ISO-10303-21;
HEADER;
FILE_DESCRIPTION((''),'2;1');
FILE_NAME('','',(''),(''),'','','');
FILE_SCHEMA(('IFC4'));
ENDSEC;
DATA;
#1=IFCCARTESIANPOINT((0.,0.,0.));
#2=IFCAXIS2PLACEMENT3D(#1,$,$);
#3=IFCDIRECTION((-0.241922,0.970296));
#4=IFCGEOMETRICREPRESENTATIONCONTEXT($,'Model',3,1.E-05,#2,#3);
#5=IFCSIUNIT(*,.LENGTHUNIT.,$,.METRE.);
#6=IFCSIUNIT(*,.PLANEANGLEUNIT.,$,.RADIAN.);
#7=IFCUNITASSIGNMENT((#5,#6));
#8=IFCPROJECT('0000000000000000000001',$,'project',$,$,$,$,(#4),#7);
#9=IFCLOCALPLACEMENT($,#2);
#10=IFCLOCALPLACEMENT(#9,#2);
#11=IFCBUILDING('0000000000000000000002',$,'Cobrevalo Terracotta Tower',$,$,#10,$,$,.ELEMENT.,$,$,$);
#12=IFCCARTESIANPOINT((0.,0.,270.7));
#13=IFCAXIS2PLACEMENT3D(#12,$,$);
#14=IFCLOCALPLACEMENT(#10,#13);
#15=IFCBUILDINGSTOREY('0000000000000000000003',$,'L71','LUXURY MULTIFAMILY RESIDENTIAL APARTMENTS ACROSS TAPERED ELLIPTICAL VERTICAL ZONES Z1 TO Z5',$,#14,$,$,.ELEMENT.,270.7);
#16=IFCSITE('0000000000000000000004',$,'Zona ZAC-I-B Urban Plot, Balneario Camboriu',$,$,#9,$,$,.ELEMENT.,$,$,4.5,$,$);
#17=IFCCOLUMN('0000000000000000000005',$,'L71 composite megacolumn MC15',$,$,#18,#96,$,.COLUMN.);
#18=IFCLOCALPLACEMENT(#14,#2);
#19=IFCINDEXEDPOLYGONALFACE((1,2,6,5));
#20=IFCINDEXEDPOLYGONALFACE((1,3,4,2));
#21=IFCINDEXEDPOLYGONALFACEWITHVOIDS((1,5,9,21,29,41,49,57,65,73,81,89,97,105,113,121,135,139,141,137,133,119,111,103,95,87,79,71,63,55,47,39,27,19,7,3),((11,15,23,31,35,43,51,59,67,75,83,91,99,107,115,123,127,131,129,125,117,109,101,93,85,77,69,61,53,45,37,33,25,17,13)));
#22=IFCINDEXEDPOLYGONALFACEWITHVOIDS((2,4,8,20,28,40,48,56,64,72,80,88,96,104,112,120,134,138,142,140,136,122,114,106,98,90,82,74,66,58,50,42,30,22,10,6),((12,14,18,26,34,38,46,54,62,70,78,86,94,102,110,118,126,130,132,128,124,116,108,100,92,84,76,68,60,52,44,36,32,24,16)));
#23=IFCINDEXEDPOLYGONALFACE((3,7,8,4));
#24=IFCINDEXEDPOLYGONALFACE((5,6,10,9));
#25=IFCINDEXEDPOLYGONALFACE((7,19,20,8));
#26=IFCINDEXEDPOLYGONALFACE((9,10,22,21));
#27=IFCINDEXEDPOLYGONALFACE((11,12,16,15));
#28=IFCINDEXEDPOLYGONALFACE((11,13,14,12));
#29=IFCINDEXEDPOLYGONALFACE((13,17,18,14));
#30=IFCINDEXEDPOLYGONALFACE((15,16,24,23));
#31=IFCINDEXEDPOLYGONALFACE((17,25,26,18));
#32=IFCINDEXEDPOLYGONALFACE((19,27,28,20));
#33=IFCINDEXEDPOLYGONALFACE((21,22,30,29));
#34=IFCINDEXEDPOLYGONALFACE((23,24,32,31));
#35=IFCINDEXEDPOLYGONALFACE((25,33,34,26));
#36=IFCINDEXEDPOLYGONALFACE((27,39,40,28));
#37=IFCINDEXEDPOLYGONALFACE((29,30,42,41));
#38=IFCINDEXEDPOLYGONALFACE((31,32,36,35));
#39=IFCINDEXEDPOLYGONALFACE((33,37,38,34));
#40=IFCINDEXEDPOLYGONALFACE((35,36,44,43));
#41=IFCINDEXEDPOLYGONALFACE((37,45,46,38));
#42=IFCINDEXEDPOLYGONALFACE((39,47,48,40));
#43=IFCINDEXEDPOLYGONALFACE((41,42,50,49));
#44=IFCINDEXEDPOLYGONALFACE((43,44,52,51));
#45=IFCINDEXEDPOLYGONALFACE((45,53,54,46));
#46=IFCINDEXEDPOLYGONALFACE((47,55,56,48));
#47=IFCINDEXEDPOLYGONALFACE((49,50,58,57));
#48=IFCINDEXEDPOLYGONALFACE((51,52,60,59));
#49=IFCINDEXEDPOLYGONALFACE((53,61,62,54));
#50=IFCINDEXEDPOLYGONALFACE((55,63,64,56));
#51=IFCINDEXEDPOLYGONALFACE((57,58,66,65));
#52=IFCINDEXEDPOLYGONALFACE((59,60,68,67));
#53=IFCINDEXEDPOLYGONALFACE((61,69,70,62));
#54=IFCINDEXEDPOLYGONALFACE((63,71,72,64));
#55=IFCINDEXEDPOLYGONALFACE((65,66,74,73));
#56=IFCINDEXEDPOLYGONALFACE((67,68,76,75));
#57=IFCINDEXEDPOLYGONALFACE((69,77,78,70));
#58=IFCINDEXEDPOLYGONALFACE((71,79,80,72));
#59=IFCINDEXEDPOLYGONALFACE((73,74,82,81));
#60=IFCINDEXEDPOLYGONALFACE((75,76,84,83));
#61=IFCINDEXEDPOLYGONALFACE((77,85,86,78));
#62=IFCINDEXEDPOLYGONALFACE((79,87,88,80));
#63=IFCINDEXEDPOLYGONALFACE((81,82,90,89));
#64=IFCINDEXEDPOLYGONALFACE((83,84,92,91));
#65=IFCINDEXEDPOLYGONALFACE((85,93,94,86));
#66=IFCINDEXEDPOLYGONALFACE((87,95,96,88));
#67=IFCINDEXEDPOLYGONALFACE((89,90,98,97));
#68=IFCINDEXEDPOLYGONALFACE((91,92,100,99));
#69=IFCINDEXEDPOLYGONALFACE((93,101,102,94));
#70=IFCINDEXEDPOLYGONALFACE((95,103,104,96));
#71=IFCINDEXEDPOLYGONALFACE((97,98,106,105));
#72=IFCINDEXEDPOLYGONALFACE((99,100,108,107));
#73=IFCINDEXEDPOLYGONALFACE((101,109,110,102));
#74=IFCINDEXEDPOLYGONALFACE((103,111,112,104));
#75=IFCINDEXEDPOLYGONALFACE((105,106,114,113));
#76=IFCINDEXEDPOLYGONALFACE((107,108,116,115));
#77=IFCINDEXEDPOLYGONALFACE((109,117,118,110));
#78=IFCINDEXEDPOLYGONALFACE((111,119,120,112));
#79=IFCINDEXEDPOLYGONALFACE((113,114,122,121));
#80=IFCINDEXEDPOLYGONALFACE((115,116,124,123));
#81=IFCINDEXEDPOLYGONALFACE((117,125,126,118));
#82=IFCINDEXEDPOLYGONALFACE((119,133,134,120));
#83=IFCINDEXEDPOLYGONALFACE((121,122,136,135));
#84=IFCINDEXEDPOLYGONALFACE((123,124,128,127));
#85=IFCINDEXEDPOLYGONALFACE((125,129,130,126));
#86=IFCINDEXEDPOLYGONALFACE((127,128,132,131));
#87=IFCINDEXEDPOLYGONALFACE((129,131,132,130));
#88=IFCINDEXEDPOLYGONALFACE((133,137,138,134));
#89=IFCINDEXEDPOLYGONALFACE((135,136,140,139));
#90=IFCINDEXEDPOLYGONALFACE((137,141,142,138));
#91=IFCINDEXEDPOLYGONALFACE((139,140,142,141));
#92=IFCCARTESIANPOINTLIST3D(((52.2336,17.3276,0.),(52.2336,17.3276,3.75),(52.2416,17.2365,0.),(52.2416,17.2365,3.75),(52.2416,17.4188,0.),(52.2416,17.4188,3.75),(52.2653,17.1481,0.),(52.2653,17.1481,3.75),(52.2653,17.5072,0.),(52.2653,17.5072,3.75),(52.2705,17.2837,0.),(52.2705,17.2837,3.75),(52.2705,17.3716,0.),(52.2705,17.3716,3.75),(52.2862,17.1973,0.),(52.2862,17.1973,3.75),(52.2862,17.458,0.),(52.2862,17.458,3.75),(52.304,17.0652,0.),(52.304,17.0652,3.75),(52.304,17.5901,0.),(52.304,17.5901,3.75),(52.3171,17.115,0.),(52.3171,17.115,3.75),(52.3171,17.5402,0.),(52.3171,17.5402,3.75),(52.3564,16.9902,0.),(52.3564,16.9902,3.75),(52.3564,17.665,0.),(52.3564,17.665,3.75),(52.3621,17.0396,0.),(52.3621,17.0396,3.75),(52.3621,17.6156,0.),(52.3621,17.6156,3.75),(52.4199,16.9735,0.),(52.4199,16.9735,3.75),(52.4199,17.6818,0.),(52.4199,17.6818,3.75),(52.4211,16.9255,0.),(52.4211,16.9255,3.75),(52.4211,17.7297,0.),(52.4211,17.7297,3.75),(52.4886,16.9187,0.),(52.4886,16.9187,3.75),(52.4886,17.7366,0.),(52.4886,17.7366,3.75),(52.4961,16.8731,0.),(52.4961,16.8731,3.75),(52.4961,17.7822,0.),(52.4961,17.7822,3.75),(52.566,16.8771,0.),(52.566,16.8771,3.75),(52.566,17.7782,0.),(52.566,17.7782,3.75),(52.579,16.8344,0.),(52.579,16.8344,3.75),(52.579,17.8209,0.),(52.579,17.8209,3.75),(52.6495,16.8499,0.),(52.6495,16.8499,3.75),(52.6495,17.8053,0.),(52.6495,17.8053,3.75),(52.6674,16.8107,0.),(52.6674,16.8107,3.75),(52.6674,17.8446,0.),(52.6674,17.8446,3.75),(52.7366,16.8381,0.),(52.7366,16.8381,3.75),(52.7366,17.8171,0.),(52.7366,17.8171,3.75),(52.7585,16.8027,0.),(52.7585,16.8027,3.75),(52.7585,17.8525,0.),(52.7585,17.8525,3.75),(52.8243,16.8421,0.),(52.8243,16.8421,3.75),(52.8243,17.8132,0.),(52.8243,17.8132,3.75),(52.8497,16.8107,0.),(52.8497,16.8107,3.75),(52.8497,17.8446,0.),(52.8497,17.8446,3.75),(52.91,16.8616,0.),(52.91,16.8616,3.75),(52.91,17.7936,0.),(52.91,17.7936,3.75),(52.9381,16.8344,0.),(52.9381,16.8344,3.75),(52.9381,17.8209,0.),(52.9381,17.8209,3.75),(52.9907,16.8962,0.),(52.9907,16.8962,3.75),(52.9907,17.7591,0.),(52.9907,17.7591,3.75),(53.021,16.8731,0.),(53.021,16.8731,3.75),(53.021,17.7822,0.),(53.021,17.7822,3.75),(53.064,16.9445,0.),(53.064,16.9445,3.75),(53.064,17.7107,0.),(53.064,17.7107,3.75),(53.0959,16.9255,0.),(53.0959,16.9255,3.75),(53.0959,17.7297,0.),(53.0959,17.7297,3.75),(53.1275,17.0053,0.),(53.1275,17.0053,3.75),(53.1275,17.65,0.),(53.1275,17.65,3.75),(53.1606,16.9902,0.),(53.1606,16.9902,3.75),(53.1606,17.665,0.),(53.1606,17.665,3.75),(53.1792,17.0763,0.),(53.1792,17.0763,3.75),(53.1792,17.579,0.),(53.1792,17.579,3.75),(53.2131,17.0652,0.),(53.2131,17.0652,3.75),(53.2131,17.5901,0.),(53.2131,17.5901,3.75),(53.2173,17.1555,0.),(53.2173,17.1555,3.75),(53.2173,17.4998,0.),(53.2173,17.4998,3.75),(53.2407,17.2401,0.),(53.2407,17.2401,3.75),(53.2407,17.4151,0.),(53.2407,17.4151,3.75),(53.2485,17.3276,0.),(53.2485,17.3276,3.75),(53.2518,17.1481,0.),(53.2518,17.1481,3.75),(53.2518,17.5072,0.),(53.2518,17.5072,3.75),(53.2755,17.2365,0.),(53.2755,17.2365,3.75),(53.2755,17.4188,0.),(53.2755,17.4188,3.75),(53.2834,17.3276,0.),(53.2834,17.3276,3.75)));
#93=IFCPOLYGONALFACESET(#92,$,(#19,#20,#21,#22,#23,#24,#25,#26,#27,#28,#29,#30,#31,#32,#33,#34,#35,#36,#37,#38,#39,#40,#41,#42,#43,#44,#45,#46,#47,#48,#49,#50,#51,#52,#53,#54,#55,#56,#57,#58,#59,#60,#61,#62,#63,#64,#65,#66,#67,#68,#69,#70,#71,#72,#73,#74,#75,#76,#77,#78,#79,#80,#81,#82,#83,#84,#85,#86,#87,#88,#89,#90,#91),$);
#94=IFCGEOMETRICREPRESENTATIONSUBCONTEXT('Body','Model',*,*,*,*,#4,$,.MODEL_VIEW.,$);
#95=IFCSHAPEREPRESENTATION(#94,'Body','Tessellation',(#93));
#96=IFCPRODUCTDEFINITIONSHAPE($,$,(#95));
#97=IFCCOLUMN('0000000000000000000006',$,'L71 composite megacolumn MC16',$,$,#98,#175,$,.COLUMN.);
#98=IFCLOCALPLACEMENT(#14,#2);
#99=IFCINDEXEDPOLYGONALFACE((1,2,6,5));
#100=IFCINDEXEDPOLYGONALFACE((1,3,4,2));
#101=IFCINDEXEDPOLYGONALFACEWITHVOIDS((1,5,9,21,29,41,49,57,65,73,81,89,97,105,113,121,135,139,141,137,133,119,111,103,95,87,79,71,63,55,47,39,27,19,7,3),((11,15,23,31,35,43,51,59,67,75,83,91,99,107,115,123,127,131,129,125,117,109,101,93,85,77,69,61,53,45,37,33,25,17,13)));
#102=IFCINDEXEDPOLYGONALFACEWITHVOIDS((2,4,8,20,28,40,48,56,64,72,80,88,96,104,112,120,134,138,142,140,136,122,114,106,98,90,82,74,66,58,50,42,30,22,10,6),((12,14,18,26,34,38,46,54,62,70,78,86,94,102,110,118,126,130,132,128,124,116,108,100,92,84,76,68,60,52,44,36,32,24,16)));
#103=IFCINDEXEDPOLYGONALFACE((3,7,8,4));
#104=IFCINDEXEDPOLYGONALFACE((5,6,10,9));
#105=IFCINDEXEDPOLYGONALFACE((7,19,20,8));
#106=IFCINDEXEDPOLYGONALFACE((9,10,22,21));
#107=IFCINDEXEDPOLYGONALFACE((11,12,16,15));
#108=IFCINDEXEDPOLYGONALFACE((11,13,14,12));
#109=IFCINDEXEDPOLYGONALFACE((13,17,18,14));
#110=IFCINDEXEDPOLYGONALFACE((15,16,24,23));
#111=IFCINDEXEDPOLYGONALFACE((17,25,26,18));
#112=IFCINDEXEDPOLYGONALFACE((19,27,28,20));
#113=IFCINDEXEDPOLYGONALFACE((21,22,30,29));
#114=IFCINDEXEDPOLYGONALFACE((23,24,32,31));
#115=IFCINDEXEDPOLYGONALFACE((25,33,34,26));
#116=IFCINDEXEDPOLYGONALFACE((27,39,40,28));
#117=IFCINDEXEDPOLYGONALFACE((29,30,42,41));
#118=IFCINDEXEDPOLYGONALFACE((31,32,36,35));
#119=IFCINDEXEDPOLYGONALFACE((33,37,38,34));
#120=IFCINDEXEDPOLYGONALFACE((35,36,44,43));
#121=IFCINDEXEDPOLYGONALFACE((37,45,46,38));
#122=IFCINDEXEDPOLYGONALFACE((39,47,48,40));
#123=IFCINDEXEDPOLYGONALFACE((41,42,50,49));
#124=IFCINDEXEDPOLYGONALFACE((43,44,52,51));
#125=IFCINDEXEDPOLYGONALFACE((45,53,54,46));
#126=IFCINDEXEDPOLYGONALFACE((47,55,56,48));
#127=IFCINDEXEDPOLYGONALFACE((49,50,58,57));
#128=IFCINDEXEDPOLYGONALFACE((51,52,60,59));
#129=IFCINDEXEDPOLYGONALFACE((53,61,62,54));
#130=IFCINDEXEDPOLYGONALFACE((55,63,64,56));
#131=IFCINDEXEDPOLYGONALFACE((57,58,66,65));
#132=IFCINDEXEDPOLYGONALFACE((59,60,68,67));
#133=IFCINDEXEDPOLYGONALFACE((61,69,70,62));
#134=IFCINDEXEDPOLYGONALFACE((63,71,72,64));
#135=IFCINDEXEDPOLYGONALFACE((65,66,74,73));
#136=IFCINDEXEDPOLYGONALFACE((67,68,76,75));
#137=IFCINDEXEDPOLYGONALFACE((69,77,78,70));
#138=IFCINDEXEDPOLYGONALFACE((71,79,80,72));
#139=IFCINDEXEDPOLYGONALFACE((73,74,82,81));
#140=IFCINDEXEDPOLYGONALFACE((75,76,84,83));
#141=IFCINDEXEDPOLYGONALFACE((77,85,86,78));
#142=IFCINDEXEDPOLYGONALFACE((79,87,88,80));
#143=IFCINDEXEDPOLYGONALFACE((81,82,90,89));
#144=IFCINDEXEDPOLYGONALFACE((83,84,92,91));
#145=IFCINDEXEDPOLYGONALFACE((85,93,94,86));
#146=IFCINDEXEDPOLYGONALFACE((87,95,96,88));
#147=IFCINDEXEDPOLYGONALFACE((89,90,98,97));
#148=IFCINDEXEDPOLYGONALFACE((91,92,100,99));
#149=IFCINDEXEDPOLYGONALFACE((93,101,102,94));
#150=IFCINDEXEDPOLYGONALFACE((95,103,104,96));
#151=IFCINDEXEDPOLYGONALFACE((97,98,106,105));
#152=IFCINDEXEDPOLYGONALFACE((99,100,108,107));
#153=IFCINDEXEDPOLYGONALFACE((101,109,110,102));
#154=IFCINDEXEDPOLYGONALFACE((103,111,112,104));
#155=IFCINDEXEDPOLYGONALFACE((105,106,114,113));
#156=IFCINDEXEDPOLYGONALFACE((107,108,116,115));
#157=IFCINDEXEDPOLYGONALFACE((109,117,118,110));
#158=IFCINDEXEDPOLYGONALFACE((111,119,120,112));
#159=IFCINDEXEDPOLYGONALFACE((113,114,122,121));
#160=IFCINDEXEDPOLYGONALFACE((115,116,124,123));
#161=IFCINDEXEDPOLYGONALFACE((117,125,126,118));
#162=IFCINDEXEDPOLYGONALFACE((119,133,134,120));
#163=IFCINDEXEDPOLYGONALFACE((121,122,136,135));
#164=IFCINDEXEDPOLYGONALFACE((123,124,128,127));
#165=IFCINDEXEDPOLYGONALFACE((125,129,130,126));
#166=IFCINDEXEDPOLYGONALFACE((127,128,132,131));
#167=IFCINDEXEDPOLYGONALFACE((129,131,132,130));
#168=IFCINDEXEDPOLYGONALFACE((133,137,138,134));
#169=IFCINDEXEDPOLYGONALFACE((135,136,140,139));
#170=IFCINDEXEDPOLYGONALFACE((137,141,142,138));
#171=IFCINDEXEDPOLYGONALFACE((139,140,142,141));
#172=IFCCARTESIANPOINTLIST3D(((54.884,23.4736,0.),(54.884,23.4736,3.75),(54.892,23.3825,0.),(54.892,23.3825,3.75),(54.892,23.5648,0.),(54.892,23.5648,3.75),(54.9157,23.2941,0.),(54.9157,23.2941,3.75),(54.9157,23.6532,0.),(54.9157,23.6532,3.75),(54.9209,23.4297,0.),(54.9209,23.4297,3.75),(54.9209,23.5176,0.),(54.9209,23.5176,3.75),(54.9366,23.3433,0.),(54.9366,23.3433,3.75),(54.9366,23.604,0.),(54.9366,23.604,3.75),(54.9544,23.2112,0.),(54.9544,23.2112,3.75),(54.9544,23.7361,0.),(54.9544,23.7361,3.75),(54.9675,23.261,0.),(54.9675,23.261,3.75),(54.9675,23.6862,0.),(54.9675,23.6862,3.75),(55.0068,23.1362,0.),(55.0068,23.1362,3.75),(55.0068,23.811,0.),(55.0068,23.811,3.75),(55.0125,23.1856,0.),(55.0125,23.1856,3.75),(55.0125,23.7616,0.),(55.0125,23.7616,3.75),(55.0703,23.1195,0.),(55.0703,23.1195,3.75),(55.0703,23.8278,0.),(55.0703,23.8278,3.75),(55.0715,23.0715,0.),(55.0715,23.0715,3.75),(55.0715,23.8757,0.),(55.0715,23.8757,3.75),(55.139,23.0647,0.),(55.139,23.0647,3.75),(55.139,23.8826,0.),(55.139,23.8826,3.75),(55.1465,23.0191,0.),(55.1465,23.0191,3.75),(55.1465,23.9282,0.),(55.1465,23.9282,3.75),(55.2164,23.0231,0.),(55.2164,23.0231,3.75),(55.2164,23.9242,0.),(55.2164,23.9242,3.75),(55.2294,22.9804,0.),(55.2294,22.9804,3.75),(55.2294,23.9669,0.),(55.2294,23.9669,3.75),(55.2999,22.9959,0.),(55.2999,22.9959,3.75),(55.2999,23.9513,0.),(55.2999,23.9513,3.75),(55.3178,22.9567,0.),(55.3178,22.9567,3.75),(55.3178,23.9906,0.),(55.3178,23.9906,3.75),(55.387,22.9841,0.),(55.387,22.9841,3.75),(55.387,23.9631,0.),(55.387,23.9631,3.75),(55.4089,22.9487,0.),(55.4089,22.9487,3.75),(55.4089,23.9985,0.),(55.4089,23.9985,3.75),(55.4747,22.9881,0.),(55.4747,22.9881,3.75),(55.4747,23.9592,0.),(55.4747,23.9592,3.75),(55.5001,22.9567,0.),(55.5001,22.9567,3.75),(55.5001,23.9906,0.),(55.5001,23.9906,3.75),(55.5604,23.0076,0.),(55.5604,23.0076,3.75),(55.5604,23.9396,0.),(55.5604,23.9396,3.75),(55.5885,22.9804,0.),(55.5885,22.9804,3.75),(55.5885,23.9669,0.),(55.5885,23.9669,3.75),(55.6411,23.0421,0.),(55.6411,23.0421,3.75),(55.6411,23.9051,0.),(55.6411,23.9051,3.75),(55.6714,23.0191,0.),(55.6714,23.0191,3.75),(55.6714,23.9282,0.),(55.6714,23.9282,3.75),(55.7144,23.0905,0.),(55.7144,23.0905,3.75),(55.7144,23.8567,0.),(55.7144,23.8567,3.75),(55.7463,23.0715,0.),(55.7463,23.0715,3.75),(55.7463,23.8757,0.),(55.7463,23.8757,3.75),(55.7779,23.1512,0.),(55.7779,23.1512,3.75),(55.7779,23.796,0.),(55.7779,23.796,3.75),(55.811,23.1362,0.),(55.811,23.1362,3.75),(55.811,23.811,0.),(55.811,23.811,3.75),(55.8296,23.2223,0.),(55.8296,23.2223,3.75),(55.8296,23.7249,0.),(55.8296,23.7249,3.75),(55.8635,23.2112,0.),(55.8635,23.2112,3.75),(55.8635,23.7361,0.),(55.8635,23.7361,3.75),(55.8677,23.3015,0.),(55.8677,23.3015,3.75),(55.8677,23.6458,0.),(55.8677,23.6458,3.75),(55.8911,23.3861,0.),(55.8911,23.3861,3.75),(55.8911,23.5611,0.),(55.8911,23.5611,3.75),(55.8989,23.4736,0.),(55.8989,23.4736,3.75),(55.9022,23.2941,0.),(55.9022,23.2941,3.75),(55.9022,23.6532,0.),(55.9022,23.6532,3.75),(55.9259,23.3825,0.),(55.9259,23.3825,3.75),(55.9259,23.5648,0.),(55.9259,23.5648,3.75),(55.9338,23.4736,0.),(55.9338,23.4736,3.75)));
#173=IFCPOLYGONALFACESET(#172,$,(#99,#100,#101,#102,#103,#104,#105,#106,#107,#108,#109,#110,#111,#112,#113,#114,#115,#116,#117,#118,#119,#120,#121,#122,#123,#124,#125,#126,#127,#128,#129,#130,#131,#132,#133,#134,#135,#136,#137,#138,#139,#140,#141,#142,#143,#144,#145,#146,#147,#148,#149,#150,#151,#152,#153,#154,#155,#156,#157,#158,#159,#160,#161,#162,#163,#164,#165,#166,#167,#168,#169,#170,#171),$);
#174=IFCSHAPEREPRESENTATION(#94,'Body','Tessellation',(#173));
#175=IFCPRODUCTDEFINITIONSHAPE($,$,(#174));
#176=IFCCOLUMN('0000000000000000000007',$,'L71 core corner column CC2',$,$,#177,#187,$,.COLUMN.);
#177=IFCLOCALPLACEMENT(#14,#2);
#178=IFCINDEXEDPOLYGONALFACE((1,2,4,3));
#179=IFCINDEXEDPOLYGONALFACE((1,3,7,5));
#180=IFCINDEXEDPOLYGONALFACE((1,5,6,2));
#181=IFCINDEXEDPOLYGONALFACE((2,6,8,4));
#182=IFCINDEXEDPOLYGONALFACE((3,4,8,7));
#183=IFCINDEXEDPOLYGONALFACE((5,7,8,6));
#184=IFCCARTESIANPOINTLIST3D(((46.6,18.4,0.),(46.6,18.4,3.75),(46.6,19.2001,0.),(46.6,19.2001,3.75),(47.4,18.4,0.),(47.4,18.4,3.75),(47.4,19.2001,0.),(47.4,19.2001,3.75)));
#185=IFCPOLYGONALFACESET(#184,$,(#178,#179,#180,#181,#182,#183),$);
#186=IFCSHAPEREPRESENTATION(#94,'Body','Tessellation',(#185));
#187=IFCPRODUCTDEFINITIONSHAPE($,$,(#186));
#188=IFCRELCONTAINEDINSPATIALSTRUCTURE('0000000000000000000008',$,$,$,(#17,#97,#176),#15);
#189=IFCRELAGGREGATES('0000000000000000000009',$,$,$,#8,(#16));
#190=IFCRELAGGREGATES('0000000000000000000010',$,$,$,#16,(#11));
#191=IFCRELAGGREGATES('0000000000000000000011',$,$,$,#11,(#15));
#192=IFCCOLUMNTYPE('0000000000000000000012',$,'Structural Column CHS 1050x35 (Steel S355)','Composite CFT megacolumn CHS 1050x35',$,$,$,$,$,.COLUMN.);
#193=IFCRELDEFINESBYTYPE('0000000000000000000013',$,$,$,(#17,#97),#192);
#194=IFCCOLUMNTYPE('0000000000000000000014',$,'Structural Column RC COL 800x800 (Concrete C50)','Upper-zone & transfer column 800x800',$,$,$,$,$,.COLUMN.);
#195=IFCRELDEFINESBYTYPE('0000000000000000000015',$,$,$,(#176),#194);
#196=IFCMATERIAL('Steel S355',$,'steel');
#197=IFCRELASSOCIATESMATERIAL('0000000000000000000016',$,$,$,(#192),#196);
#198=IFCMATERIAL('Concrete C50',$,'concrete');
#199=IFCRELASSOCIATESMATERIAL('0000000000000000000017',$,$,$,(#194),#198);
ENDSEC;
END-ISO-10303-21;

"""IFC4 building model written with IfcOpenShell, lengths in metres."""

from ifc_helpers import new_model, si_unit, direction, frame, origin, origin_2d, place, context, subcontext, project, spatial, rectangle, hollow_circle, extrude, material, material_profile, profile_set, type_object, element, save


model = new_model("IFC4")

# Units and contexts
model_context = context("Model", 3, precision=1e-05, world=origin(), true_north=direction((-0.241922, 0.970296)))
body_context = subcontext(model_context, "Body", "Model", "MODEL_VIEW")
ifc_project = project(units=[si_unit("LENGTHUNIT", "METRE"), si_unit("PLANEANGLEUNIT", "RADIAN")], contexts=[model_context])

# Site, building, storey
site_placement = place(None, origin())
site = spatial("IfcSite", under=ifc_project, at=site_placement, Name="Zona ZAC-I-B Urban Plot, Balneario Camboriu", CompositionType="ELEMENT", RefElevation=4.5)
building_placement = place(site_placement, origin())
building = spatial("IfcBuilding", under=site, at=building_placement, Name="Cobrevalo Terracotta Tower", CompositionType="ELEMENT")
storey_placement = place(building_placement, frame((0.0, 0.0, 270.7)))
storey = spatial("IfcBuildingStorey", under=building, at=storey_placement, Name="L71", Description="LUXURY MULTIFAMILY RESIDENTIAL APARTMENTS ACROSS TAPERED ELLIPTICAL VERTICAL ZONES Z1 TO Z5", CompositionType="ELEMENT", Elevation=270.7)

# Columns
ifc_material_1 = material(Name="Steel S355", Category="steel")
ifc_material_profile_1 = material_profile(ifc_material_1, hollow_circle(Radius=0.5249, WallThickness=0.0349, at=origin_2d()), Name="CHS 1050x35")
ifc_profile_set_1 = profile_set([ifc_material_profile_1], Name="Steel S355")
column_type_1 = type_object("IfcColumnType", Name="Structural Column CHS 1050x35 (Steel S355)", Description="Composite CFT megacolumn CHS 1050x35", PredefinedType="COLUMN", material=ifc_profile_set_1)
for number, where, z_axis, x_axis, name in (
    (1, (52.7585, 17.3276, 0.0), (0.0, 0.0, 1.0), (1.0, 0.0, 0.0), "L71 composite megacolumn MC15"),
    (2, (55.4089, 23.4736, 0.0), (0.0, 0.0, 1.0), (1.0, 0.0, 0.0), "L71 composite megacolumn MC16"),
):
    element("IfcColumn", number, at=place(storey_placement, frame(where, z_axis=z_axis, x_axis=x_axis)), inside=storey, type_object=column_type_1, Name=name, PredefinedType="COLUMN", context=body_context, shape_type="SweptSolid", body=[
        extrude(hollow_circle(Radius=0.5249, WallThickness=0.0349, at=origin_2d()), origin(), (0.0, 0.0, 1.0), 3.75),
    ])
ifc_material_2 = material(Name="Concrete C50", Category="concrete")
ifc_material_profile_2 = material_profile(ifc_material_2, rectangle(XDim=0.8, YDim=0.8, at=origin_2d()), Name="RC COL 800x800")
ifc_profile_set_2 = profile_set([ifc_material_profile_2], Name="Concrete C50")
column_type_2 = type_object("IfcColumnType", Name="Structural Column RC COL 800x800 (Concrete C50)", Description="Upper-zone & transfer column 800x800", PredefinedType="COLUMN", material=ifc_profile_set_2)
column_placement = place(storey_placement, frame((47.0, 18.8, 0.0), z_axis=(0.0, 0.0, 1.0), x_axis=(1.0, 0.0, 0.0)))
element("IfcColumn", 3, at=column_placement, inside=storey, type_object=column_type_2, Name="L71 core corner column CC2", PredefinedType="COLUMN", context=body_context, shape_type="SweptSolid", body=[
    extrude(rectangle(XDim=0.8, YDim=0.8, at=origin_2d()), origin(), (0.0, 0.0, 1.0), 3.75),
])

save(model, "model.ifc")
